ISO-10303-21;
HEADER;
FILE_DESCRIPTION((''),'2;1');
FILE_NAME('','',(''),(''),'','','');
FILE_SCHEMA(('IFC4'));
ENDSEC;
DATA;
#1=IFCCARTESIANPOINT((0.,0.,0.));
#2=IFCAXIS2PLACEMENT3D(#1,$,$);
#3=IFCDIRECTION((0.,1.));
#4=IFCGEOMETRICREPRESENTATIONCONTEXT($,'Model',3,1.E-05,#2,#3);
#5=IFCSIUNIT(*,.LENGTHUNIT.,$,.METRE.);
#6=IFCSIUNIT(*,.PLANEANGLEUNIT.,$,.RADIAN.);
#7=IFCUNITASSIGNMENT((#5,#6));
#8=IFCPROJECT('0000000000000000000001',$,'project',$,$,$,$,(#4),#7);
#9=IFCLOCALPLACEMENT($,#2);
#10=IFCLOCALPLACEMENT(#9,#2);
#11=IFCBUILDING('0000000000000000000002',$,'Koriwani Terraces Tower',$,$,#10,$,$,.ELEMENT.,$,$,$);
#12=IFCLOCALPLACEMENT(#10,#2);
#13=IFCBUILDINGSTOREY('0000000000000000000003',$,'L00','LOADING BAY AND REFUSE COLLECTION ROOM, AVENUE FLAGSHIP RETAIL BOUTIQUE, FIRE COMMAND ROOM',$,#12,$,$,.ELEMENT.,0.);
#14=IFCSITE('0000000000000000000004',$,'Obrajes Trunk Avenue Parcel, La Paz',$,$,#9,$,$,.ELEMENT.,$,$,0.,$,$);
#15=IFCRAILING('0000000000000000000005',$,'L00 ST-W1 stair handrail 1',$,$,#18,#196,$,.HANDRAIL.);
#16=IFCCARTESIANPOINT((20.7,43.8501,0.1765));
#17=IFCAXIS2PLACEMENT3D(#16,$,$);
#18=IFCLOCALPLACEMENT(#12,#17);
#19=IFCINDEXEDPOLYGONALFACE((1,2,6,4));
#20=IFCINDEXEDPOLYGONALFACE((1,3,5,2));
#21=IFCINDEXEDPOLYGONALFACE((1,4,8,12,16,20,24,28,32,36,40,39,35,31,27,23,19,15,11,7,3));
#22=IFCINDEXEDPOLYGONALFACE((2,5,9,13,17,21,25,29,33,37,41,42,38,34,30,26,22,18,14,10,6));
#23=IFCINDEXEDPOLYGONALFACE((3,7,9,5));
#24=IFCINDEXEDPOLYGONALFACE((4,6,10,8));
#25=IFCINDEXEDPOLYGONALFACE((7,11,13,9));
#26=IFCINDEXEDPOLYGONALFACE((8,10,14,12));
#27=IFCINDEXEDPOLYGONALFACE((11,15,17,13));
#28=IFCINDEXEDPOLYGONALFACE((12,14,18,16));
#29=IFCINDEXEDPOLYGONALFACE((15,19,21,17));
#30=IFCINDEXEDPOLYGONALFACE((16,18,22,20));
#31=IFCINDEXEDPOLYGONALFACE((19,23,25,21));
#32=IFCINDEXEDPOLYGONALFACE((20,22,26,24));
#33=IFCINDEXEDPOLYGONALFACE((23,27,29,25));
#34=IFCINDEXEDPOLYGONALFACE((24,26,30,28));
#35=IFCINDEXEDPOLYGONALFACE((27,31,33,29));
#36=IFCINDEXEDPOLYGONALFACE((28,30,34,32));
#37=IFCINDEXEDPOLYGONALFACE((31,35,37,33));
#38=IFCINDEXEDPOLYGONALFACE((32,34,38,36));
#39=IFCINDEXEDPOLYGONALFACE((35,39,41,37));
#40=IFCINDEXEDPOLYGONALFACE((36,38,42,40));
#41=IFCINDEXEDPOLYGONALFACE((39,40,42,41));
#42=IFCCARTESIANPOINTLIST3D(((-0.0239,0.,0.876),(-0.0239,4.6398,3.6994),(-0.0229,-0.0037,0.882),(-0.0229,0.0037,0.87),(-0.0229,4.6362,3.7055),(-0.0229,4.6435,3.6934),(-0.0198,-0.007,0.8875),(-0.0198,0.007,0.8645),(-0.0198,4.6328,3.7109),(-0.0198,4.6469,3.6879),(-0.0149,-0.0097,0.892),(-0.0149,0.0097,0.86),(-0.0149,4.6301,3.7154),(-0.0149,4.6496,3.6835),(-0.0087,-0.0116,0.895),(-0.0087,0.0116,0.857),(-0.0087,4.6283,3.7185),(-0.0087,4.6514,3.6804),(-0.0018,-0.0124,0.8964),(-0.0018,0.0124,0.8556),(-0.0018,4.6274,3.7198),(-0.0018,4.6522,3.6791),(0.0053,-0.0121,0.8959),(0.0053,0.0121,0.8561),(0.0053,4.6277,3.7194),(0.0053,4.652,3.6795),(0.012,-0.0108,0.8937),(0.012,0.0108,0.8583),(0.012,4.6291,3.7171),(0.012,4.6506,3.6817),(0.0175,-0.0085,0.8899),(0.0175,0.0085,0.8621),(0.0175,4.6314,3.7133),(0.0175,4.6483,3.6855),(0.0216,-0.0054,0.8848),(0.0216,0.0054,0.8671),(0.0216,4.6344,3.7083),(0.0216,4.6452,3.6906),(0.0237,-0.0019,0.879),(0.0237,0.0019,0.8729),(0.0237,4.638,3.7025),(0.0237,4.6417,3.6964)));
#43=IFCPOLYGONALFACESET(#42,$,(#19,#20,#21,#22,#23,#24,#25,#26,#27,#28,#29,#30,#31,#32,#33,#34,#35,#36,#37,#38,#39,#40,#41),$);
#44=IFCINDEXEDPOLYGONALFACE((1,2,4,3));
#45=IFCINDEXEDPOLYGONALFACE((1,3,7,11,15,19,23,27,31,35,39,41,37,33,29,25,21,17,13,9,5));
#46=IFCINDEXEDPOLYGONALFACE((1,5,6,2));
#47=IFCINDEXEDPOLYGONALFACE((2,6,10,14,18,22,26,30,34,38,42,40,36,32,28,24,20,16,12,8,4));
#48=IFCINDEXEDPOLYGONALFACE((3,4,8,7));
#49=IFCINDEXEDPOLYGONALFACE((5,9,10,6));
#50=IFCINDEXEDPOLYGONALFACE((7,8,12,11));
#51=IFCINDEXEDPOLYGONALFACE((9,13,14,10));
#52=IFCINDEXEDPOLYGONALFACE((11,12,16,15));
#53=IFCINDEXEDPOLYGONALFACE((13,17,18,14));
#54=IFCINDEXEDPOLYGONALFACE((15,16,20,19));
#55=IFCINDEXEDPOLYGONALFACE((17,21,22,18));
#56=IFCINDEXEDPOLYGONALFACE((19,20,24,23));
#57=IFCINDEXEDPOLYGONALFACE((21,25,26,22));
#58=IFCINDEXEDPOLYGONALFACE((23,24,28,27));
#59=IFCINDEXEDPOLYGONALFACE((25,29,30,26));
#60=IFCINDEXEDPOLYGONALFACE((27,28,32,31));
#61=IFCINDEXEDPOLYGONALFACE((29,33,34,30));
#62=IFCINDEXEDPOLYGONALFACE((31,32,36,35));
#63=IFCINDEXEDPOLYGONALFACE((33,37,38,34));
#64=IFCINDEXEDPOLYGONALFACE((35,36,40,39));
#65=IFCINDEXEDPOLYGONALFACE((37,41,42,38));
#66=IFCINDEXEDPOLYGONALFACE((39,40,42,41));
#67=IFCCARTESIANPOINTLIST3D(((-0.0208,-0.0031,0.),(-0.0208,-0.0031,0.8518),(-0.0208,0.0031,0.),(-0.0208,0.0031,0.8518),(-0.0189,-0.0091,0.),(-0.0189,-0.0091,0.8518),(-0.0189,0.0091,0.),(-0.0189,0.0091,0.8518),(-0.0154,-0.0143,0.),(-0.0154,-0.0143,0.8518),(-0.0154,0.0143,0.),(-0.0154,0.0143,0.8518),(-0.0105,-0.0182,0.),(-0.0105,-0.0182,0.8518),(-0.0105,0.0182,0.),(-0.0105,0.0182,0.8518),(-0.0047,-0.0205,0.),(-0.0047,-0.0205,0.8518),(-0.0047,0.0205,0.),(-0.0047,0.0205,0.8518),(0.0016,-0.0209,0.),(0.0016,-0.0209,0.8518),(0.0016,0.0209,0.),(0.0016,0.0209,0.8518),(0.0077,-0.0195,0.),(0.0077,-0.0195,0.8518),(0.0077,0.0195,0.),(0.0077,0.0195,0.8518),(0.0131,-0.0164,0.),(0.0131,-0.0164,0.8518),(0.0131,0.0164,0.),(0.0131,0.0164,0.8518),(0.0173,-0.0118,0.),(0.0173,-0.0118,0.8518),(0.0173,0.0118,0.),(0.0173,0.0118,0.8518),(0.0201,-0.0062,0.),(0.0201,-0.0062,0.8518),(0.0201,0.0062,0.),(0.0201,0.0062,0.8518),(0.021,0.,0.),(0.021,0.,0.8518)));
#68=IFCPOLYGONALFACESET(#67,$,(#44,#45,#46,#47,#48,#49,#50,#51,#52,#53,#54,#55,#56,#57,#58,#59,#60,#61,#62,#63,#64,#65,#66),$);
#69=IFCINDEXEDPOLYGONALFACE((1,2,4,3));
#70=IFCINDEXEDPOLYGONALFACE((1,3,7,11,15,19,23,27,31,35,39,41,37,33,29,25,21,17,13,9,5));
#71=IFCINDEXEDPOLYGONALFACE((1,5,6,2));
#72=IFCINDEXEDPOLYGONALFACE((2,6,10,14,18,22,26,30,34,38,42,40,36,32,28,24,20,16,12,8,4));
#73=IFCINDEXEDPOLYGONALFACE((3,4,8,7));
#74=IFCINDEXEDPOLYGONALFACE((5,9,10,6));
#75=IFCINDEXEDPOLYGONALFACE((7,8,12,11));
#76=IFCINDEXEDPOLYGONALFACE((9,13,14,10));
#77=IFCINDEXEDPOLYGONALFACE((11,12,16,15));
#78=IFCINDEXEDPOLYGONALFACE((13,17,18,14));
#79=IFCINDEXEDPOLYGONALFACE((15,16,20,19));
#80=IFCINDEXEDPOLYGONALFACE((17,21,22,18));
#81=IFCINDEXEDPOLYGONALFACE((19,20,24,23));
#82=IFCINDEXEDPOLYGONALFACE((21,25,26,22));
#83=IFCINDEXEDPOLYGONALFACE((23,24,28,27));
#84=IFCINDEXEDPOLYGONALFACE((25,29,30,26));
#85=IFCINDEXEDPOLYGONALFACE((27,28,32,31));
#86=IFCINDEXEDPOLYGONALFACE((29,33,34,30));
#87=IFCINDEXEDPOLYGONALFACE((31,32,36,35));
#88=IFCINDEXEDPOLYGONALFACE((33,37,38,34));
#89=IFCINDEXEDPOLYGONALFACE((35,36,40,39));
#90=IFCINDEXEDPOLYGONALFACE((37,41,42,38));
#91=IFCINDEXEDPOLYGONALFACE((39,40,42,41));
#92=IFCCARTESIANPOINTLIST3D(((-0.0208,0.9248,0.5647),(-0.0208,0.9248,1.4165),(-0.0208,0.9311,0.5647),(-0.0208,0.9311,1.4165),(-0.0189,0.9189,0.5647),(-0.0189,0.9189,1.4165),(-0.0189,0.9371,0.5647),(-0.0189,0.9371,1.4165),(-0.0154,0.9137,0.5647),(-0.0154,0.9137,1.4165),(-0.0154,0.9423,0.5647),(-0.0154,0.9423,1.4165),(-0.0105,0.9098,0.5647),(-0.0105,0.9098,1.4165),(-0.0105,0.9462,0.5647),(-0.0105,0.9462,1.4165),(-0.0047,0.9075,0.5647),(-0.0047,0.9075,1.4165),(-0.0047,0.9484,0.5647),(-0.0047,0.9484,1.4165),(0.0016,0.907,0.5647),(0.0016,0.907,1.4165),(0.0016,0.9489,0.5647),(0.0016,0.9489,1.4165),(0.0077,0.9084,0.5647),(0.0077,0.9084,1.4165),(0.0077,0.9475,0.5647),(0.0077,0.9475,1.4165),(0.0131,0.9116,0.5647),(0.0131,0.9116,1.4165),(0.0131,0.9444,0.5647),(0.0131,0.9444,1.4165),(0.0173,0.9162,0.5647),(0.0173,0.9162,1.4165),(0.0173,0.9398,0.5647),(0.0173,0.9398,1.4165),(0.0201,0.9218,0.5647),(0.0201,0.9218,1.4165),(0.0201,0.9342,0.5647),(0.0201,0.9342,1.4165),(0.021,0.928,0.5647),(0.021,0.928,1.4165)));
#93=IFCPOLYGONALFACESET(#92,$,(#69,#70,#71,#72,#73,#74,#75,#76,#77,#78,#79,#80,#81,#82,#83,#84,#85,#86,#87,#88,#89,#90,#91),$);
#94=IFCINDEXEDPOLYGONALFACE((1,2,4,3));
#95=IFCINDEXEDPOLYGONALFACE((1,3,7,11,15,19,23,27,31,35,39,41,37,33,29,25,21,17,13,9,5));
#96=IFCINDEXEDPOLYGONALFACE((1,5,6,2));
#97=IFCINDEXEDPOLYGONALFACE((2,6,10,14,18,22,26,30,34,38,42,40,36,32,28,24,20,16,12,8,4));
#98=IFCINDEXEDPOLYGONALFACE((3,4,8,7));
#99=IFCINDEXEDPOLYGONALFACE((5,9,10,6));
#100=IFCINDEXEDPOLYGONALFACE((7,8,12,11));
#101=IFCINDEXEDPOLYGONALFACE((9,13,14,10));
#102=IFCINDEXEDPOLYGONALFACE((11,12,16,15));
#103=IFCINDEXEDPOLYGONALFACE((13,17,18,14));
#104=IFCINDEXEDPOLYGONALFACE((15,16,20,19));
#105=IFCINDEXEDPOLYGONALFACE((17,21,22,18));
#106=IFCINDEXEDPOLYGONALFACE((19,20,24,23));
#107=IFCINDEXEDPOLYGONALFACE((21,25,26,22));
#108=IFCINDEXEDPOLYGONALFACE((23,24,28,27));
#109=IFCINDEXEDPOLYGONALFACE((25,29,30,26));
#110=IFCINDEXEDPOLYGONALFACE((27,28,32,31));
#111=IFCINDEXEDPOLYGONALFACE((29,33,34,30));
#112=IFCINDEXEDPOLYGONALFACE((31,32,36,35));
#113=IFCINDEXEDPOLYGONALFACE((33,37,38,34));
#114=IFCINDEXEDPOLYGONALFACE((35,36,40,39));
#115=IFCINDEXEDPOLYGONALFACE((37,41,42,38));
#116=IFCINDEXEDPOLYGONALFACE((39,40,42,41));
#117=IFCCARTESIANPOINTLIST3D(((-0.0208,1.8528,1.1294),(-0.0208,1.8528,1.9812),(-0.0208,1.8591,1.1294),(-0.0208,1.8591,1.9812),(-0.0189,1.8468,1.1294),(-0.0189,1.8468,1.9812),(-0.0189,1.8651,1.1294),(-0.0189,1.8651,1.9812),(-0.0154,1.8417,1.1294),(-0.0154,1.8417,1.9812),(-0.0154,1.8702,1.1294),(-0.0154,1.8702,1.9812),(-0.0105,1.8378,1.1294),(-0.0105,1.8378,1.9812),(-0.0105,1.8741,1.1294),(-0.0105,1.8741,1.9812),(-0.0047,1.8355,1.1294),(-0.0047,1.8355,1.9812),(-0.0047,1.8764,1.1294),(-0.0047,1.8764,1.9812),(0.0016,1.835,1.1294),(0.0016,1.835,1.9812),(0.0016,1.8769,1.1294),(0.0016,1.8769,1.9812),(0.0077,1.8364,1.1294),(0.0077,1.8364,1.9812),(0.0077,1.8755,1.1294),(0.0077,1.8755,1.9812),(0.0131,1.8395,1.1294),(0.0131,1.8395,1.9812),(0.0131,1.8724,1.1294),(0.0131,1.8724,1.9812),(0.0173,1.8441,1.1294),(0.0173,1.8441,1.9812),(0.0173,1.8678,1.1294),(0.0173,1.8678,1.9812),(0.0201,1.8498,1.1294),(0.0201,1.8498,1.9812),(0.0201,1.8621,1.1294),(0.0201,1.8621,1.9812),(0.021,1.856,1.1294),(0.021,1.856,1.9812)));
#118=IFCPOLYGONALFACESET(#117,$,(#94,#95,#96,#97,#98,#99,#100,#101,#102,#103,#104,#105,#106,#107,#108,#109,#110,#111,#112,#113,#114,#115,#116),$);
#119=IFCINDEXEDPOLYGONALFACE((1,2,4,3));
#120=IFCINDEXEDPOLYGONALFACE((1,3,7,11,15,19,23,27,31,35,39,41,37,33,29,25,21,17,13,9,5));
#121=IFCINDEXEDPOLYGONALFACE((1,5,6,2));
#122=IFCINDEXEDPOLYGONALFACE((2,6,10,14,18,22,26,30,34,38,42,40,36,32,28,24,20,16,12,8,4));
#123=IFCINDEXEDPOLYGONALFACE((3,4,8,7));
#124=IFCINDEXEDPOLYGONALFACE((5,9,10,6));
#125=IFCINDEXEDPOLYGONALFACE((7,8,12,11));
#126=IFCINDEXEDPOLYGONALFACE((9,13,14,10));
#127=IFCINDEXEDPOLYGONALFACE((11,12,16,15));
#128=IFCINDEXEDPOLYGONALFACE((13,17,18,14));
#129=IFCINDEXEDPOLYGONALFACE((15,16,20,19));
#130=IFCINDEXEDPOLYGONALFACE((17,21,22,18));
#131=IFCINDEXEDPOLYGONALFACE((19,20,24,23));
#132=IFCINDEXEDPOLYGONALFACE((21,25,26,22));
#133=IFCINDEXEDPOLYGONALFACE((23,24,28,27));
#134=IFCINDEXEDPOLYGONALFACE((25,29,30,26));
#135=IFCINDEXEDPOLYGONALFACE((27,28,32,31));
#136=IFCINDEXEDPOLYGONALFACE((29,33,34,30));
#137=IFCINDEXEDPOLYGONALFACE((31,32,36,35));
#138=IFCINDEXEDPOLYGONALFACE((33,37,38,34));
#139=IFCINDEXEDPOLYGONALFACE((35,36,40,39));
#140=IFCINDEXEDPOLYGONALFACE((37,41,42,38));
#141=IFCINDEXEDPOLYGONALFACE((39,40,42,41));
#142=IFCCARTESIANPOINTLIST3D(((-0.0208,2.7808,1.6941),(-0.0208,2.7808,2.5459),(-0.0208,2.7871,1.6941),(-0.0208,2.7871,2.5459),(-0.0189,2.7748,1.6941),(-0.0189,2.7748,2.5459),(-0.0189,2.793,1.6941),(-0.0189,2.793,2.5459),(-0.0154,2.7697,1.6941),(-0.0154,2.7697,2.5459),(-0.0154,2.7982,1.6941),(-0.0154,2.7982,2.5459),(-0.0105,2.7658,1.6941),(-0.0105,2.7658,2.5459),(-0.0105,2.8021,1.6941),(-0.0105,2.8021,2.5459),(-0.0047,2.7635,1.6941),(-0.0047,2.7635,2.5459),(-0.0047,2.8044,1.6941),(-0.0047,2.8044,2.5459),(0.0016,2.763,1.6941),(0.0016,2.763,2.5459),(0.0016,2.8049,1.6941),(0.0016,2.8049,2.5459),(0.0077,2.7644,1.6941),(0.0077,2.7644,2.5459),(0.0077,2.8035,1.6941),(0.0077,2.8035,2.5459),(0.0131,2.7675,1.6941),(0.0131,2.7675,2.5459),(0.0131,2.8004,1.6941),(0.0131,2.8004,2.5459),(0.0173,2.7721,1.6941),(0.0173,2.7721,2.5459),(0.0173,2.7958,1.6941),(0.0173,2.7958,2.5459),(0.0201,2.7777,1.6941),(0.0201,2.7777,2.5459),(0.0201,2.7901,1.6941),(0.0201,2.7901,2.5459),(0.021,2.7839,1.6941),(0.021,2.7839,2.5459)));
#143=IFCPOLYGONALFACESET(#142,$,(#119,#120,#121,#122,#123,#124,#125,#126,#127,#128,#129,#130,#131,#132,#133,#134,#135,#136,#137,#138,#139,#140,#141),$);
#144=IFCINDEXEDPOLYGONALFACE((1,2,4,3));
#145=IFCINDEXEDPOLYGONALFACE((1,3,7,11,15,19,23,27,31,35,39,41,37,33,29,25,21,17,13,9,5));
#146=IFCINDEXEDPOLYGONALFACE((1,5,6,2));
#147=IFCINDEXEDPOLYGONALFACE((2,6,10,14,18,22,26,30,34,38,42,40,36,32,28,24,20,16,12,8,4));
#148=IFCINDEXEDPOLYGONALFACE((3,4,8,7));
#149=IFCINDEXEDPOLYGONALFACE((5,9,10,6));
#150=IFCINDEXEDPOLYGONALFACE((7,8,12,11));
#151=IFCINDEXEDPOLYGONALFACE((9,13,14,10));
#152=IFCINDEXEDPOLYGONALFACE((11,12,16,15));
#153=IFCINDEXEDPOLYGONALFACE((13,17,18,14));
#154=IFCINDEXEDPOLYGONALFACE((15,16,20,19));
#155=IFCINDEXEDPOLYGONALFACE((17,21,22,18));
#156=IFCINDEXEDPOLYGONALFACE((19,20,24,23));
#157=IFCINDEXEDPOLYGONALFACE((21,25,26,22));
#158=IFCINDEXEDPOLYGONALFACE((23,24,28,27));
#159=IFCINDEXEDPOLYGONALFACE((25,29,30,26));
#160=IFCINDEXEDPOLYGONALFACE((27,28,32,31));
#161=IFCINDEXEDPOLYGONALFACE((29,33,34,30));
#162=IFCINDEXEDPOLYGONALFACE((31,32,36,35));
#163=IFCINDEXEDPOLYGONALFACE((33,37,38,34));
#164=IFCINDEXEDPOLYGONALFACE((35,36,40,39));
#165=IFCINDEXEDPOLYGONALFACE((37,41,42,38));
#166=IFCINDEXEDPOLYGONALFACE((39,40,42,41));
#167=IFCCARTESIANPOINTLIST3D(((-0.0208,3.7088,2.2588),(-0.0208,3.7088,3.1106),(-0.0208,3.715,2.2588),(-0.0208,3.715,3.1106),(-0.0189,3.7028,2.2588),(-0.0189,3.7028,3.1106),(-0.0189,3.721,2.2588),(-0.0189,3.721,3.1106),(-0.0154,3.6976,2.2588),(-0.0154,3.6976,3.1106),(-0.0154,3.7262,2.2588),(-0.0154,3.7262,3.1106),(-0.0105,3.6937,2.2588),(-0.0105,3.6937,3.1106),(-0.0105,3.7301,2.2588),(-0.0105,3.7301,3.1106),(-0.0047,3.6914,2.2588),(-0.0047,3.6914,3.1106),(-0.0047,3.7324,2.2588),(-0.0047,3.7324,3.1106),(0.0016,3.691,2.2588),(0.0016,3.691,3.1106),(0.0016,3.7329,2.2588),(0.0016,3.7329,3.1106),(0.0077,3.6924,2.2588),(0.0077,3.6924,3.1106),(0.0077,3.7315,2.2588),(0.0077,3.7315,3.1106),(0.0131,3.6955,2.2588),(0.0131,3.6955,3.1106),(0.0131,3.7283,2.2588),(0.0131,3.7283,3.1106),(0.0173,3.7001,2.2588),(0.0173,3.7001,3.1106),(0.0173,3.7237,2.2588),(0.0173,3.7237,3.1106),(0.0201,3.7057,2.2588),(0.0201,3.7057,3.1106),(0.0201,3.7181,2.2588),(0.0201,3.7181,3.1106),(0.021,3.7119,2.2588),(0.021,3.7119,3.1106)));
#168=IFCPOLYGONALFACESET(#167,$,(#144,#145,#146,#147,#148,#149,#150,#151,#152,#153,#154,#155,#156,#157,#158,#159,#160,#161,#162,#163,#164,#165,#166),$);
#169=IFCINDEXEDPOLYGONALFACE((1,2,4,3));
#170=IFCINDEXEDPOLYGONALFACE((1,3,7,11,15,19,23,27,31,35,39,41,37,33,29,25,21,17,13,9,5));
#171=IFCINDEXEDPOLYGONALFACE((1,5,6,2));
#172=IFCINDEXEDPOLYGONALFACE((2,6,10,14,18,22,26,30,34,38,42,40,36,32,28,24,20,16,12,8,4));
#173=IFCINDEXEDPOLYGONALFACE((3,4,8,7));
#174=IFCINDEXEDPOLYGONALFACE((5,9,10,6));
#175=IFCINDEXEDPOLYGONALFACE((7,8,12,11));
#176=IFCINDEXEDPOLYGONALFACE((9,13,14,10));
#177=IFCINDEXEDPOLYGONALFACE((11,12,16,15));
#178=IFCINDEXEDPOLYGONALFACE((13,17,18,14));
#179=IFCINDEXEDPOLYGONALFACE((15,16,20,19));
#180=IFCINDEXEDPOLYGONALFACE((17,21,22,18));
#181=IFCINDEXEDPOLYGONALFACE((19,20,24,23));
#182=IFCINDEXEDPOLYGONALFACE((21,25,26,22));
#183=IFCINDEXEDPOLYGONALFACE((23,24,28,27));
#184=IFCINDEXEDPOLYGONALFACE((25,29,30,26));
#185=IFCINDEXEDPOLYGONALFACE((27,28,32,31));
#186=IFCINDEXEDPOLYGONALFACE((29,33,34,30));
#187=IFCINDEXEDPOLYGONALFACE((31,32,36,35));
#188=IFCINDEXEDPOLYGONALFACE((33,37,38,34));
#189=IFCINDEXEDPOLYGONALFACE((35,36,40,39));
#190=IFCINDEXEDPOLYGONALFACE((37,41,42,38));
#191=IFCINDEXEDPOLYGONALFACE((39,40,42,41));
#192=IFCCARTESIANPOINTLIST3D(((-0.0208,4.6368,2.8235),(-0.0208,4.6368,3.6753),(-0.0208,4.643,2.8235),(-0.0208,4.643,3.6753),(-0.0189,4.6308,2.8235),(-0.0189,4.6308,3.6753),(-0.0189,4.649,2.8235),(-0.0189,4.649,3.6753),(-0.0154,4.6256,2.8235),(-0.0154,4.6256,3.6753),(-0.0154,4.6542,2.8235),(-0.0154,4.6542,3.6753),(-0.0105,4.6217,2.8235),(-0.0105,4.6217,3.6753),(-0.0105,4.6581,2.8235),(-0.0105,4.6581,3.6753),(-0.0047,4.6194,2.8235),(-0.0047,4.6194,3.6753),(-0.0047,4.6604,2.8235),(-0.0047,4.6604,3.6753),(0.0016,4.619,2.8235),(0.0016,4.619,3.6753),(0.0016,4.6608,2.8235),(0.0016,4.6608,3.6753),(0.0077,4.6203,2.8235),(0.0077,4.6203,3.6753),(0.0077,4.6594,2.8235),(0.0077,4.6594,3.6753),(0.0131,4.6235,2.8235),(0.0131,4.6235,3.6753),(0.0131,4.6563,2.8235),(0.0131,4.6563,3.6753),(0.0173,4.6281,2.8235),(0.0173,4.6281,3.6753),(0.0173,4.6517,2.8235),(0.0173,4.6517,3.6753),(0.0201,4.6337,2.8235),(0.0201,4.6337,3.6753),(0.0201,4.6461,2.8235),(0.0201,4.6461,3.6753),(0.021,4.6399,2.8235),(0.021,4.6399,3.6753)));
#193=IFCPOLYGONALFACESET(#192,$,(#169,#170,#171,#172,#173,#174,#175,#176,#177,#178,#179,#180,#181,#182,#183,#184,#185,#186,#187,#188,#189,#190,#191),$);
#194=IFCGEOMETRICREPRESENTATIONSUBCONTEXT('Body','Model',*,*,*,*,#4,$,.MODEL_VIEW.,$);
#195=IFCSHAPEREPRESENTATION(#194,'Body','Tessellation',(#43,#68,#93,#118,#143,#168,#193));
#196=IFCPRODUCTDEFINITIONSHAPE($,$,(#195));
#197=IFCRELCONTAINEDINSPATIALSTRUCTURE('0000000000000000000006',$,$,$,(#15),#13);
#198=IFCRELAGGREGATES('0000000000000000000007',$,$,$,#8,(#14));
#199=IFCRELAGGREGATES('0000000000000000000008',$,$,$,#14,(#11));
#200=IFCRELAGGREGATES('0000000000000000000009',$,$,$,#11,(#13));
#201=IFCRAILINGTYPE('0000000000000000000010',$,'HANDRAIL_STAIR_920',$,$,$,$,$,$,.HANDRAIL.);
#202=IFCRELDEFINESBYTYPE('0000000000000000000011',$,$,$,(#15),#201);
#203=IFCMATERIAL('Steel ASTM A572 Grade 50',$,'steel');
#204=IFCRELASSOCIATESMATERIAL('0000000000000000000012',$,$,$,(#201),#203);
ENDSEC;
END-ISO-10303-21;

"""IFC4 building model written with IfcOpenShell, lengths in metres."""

from ifc_helpers import new_model, si_unit, direction, frame, origin, origin_2d, place, context, subcontext, project, spatial, circle, extrude, material, type_object, element, save


model = new_model("IFC4")

# Units and contexts
model_context = context("Model", 3, precision=1e-05, world=origin(), true_north=direction((0.0, 1.0)))
body_context = subcontext(model_context, "Body", "Model", "MODEL_VIEW")
ifc_project = project(units=[si_unit("LENGTHUNIT", "METRE"), si_unit("PLANEANGLEUNIT", "RADIAN")], contexts=[model_context])

# Site, building, storey
site_placement = place(None, origin())
site = spatial("IfcSite", under=ifc_project, at=site_placement, Name="Obrajes Trunk Avenue Parcel, La Paz", CompositionType="ELEMENT", RefElevation=0.0)
building_placement = place(site_placement, origin())
building = spatial("IfcBuilding", under=site, at=building_placement, Name="Koriwani Terraces Tower", CompositionType="ELEMENT")
storey_placement = place(building_placement, origin())
storey = spatial("IfcBuildingStorey", under=building, at=storey_placement, Name="L00", Description="LOADING BAY AND REFUSE COLLECTION ROOM, AVENUE FLAGSHIP RETAIL BOUTIQUE, FIRE COMMAND ROOM", CompositionType="ELEMENT", Elevation=0.0)

# Shared definitions
ifc_material_1 = material(Name="Steel ASTM A572 Grade 50", Category="steel")

# Railing
railing_type_1 = type_object("IfcRailingType", Name="HANDRAIL_STAIR_920", PredefinedType="HANDRAIL", material=ifc_material_1)
for number, where, name in (
    (1, (20.7, 43.8501, 0.1765), "L00 ST-W1 stair handrail 1"),
):
    element("IfcRailing", number, at=place(storey_placement, frame(where)), inside=storey, type_object=railing_type_1, Name=name, PredefinedType="HANDRAIL", context=body_context, shape_type="SweptSolid", body=[
        extrude(circle(Radius=0.0239, at=origin_2d()), frame((0.0, 0.0, 0.876), z_axis=(0.0, 0.854264, 0.51984), x_axis=(-1.0, 0.0, 0.0)), (0.0, 0.0, 1.0), 5.4314),
        extrude(circle(Radius=0.021, at=origin_2d()), origin(), (0.0, 0.0, 1.0), 0.8518),
        extrude(circle(Radius=0.021, at=origin_2d()), frame((0.0, 0.928, 0.5647)), (0.0, 0.0, 1.0), 0.8518),
        extrude(circle(Radius=0.021, at=origin_2d()), frame((0.0, 1.856, 1.1294)), (0.0, 0.0, 1.0), 0.8518),
        extrude(circle(Radius=0.021, at=origin_2d()), frame((0.0, 2.7839, 1.6941)), (0.0, 0.0, 1.0), 0.8518),
        extrude(circle(Radius=0.021, at=origin_2d()), frame((0.0, 3.7119, 2.2588)), (0.0, 0.0, 1.0), 0.8518),
        extrude(circle(Radius=0.021, at=origin_2d()), frame((0.0, 4.6399, 2.8235)), (0.0, 0.0, 1.0), 0.8518),
    ])

save(model, "model.ifc")
